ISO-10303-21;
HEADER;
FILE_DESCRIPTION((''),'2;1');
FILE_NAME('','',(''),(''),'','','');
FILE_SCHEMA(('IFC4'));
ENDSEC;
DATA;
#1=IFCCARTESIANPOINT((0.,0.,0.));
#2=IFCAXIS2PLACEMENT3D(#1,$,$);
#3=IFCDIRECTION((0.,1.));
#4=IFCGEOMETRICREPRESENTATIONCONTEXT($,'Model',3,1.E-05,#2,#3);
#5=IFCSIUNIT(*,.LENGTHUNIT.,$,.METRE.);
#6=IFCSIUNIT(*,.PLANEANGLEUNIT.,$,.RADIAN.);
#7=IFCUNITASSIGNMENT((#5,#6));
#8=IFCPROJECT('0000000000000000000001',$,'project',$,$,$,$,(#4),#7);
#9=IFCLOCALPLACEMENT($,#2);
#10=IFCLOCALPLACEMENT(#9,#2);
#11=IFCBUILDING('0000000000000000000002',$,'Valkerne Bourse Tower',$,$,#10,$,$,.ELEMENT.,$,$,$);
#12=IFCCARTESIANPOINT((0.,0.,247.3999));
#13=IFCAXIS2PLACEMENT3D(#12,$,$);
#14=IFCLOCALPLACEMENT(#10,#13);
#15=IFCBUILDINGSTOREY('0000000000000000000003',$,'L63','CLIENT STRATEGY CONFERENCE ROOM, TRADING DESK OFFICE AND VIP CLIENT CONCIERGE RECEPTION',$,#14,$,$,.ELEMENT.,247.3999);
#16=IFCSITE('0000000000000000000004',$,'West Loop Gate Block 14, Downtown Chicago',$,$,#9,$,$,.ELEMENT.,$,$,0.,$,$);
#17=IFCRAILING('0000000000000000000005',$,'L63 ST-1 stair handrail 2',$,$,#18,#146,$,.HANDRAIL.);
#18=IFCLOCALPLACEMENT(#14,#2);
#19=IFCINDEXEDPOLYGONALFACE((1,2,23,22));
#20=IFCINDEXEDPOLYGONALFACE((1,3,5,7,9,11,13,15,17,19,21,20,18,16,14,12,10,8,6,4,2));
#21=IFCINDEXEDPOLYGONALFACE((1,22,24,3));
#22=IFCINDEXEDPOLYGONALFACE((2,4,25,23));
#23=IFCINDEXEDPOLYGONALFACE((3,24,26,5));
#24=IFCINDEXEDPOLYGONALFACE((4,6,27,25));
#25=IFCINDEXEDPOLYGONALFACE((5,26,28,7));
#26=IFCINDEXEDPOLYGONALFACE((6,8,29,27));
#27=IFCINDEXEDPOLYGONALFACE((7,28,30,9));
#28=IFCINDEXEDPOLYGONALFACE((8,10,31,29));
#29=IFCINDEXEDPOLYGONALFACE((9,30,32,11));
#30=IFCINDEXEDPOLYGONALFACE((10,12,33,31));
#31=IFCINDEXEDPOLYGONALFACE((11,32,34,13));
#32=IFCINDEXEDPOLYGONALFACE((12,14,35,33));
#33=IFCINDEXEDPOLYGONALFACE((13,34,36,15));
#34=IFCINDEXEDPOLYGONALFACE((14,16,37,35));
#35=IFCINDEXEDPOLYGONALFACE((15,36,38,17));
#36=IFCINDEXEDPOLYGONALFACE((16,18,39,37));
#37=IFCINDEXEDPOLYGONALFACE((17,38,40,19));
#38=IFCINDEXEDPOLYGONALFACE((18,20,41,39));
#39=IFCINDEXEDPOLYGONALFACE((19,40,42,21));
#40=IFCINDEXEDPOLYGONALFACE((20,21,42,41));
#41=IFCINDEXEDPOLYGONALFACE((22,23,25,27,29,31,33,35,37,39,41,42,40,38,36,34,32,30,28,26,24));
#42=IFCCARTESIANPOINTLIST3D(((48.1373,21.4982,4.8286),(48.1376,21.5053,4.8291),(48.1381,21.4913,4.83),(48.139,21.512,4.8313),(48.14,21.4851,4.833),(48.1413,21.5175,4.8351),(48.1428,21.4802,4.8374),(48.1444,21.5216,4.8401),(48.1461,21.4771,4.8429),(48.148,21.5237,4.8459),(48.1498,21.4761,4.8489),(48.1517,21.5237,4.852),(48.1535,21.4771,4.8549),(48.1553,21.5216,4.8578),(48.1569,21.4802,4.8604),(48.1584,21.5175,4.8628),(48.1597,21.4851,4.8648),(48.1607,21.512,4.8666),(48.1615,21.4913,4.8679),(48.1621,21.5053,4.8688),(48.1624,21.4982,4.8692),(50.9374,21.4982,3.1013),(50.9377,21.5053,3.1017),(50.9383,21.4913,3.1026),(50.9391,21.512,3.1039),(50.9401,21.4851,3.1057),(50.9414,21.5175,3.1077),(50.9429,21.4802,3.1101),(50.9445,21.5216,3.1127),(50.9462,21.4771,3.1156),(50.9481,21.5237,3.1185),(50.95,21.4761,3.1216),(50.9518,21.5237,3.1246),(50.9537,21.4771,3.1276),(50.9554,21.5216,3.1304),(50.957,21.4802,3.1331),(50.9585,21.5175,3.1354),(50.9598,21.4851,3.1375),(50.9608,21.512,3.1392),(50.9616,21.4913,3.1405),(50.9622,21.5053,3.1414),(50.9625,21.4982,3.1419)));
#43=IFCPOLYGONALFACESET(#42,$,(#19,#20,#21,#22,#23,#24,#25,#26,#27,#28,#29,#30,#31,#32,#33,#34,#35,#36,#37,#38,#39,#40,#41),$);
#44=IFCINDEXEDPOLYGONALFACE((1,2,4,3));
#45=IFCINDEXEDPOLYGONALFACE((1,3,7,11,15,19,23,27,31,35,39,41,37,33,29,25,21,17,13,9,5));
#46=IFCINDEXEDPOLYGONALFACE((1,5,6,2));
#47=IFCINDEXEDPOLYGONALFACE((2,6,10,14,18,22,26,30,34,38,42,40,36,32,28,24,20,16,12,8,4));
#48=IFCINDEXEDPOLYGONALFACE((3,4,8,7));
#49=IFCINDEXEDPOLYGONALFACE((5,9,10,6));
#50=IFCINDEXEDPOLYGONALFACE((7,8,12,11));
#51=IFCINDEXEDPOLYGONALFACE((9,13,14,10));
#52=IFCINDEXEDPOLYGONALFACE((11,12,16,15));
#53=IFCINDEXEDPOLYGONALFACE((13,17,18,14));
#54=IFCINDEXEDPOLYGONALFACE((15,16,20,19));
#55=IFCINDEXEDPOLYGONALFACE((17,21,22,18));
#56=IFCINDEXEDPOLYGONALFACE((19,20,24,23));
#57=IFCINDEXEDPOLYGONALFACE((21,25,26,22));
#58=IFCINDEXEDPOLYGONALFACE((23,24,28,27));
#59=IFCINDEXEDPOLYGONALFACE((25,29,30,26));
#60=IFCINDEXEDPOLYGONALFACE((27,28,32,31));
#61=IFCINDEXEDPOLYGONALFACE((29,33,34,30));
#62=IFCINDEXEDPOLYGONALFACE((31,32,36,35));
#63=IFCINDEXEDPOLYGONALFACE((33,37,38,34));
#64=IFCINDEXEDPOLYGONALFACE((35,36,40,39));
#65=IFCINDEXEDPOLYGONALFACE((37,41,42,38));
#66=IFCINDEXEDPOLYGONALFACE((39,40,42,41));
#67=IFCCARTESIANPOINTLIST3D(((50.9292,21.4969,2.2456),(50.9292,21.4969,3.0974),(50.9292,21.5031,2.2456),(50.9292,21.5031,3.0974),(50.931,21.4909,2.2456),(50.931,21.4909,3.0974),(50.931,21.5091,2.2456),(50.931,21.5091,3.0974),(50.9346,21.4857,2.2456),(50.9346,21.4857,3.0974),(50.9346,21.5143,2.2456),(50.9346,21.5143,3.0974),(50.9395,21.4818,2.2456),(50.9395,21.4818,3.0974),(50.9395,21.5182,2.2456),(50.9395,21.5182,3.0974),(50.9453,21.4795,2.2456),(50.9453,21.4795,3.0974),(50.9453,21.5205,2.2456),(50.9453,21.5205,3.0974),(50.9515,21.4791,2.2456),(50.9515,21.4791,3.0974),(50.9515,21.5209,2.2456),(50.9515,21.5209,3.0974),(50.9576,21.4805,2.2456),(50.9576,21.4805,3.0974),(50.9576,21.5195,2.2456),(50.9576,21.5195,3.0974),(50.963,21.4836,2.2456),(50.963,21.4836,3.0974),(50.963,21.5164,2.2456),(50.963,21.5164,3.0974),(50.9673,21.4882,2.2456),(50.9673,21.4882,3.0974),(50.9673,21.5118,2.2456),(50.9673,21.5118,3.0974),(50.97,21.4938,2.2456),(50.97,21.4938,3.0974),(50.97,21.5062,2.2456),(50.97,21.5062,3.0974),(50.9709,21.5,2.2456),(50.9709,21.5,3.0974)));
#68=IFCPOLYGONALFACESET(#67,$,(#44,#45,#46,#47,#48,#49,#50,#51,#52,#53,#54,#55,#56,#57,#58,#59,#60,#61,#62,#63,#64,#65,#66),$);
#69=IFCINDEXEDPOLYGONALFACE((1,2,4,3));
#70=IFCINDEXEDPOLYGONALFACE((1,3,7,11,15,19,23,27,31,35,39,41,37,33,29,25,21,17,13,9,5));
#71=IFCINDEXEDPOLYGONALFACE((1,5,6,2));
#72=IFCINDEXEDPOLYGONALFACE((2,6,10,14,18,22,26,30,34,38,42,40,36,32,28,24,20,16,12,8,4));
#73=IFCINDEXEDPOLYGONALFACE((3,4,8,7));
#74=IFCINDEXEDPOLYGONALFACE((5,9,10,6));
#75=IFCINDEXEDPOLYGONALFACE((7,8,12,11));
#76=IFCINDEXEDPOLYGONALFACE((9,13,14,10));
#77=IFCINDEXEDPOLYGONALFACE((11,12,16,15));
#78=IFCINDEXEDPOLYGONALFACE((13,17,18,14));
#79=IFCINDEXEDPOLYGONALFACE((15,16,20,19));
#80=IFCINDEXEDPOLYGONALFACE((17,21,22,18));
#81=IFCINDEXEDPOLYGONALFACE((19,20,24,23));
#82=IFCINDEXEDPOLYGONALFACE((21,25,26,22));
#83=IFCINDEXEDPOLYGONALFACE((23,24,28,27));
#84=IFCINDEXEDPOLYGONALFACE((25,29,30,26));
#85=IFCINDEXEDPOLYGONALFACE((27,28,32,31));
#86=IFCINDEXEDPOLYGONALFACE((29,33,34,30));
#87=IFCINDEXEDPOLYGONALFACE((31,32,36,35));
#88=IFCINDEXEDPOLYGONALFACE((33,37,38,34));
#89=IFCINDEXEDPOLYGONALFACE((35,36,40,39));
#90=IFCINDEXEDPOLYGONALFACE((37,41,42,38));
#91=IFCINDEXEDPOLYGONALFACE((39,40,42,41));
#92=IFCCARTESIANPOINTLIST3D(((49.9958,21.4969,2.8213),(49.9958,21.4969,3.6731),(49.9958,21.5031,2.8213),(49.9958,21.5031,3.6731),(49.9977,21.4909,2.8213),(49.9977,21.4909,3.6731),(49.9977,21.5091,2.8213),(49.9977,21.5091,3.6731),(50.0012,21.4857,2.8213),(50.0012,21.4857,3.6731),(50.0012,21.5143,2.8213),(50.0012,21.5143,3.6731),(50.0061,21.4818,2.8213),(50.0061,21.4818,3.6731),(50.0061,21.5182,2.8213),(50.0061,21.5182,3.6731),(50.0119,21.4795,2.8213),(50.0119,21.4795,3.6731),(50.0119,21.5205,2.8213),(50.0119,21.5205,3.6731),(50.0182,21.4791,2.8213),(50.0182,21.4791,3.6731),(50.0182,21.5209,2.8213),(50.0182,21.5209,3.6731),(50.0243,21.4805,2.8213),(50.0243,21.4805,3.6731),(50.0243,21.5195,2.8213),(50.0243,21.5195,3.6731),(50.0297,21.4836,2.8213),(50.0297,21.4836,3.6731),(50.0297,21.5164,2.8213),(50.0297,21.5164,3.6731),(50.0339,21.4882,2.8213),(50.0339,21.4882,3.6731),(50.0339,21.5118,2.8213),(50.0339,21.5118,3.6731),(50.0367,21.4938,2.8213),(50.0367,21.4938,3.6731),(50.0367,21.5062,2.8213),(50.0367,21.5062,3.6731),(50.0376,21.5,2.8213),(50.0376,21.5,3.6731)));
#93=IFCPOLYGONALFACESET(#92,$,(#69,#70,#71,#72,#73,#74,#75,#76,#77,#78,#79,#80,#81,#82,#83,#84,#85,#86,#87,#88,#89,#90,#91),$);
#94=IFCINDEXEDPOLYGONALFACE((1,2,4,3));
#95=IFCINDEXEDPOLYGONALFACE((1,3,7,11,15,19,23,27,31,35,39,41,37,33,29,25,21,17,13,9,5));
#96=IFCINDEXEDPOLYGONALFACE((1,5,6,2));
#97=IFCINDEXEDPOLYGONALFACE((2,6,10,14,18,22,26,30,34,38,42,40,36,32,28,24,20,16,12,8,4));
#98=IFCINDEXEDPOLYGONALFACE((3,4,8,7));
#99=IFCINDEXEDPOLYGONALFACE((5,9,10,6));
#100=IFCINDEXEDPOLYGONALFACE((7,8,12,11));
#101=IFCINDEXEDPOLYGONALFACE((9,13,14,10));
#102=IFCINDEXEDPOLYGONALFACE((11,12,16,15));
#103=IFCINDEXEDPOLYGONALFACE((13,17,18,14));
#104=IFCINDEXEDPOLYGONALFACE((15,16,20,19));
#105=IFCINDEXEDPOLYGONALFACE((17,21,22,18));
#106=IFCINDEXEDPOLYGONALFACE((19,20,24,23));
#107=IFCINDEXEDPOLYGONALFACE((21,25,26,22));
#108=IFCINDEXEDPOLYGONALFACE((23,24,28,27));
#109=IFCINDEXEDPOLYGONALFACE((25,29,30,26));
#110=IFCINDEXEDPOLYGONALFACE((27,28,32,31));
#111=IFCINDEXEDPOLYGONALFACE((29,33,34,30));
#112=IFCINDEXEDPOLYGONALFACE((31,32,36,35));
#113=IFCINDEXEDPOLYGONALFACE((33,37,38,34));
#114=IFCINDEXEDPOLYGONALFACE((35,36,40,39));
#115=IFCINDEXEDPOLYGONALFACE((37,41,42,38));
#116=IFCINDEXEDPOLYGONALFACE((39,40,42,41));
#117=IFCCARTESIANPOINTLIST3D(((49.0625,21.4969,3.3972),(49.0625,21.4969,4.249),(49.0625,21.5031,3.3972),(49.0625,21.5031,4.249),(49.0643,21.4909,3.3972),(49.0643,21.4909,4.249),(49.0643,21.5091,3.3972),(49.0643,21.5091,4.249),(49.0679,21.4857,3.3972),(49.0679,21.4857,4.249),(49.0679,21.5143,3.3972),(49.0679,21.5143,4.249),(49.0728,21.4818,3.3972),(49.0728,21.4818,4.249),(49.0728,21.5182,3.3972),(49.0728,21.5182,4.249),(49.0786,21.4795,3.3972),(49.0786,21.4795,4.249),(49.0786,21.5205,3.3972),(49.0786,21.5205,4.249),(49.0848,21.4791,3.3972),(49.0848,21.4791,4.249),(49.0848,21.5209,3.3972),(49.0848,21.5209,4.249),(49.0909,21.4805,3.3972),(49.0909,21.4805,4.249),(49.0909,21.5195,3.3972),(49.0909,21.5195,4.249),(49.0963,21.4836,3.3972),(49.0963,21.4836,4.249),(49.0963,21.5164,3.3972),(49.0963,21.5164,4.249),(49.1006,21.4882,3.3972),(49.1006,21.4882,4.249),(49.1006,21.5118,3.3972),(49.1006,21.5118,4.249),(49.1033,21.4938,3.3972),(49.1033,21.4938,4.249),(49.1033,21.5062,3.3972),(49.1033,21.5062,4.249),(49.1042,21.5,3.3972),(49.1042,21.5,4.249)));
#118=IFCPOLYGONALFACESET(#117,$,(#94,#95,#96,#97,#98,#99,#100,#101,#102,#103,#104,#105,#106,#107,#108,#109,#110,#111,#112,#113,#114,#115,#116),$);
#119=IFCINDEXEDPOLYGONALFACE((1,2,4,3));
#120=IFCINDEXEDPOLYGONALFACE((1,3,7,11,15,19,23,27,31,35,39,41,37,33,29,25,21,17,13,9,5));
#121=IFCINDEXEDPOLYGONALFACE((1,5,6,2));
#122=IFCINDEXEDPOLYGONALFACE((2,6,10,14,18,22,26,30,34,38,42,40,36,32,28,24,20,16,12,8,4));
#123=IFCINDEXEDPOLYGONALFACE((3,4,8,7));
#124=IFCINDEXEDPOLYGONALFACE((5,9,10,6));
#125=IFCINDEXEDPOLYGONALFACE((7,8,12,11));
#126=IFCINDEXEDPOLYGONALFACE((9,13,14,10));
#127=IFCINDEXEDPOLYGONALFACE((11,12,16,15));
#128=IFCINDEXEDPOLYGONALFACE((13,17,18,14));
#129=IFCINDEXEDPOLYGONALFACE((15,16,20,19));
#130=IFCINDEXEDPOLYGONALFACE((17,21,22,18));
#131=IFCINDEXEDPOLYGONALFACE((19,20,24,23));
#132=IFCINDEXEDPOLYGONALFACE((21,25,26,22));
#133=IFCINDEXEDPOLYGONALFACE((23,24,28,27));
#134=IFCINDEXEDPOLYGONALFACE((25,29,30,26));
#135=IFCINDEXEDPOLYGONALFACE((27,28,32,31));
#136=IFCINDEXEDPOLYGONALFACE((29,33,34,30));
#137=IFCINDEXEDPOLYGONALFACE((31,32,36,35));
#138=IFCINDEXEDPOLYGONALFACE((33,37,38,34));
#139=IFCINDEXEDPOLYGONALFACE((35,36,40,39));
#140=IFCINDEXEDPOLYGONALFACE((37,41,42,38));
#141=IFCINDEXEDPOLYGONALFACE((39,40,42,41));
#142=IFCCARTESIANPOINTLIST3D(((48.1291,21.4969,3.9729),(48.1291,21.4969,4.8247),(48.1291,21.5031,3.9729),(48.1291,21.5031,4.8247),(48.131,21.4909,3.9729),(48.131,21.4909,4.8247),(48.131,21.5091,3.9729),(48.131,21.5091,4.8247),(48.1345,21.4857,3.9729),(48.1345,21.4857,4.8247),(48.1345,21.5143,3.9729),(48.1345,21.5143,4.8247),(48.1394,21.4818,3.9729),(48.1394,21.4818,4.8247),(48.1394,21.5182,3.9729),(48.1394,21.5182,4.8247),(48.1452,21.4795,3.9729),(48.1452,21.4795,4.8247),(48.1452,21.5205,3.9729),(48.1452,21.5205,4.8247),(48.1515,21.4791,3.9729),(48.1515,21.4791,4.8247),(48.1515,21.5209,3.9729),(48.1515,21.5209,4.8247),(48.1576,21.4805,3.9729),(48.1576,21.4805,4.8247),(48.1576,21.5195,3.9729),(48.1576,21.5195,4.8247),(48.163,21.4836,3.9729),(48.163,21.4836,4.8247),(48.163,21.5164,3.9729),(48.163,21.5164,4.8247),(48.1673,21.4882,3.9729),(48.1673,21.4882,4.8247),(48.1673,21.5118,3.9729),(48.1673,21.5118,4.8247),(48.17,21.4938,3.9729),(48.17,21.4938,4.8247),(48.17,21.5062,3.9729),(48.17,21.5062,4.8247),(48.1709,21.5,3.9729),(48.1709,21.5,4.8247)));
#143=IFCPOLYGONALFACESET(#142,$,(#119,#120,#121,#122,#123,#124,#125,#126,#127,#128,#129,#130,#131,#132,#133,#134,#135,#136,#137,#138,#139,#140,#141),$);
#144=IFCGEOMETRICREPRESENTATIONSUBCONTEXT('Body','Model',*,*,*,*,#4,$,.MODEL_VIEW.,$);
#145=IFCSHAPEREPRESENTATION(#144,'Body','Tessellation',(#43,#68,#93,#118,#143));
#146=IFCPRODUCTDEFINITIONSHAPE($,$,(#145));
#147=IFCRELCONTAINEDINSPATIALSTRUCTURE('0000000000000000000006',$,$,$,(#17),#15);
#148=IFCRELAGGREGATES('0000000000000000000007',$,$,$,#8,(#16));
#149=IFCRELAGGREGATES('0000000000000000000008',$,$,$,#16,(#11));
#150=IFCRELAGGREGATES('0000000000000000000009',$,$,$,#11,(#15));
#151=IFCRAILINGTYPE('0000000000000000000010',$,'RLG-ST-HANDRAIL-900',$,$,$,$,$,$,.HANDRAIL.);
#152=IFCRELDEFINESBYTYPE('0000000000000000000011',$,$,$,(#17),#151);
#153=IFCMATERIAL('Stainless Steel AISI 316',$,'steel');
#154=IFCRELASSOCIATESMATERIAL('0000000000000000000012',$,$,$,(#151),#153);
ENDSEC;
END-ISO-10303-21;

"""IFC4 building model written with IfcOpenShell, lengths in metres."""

from ifc_helpers import new_model, si_unit, direction, frame, origin, origin_2d, place, context, subcontext, project, spatial, circle, extrude, material, type_object, element, save


model = new_model("IFC4")

# Units and contexts
model_context = context("Model", 3, precision=1e-05, world=origin(), true_north=direction((0.0, 1.0)))
body_context = subcontext(model_context, "Body", "Model", "MODEL_VIEW")
ifc_project = project(units=[si_unit("LENGTHUNIT", "METRE"), si_unit("PLANEANGLEUNIT", "RADIAN")], contexts=[model_context])

# Site, building, storey
site_placement = place(None, origin())
site = spatial("IfcSite", under=ifc_project, at=site_placement, Name="West Loop Gate Block 14, Downtown Chicago", CompositionType="ELEMENT", RefElevation=0.0)
building_placement = place(site_placement, origin())
building = spatial("IfcBuilding", under=site, at=building_placement, Name="Valkerne Bourse Tower", CompositionType="ELEMENT")
storey_placement = place(building_placement, frame((0.0, 0.0, 247.3999)))
storey = spatial("IfcBuildingStorey", under=building, at=storey_placement, Name="L63", Description="CLIENT STRATEGY CONFERENCE ROOM, TRADING DESK OFFICE AND VIP CLIENT CONCIERGE RECEPTION", CompositionType="ELEMENT", Elevation=247.3999)

# Shared definitions
ifc_material_1 = material(Name="Stainless Steel AISI 316", Category="steel")

# Railing
railing_type_1 = type_object("IfcRailingType", Name="RLG-ST-HANDRAIL-900", PredefinedType="HANDRAIL", material=ifc_material_1)
railing_1_placement = place(storey_placement, frame((50.95, 21.5, 2.2456)))
element("IfcRailing", 1, at=railing_1_placement, inside=storey, type_object=railing_type_1, Name="L63 ST-1 stair handrail 2", PredefinedType="HANDRAIL", context=body_context, shape_type="SweptSolid", body=[
    extrude(circle(Radius=0.0239, at=origin_2d()), frame((0.0, 0.0, 0.876), z_axis=(-0.85109, 0.0, 0.52502), x_axis=(0.0, -1.0, 0.0)), (0.0, 0.0, 1.0), 3.29),
    extrude(circle(Radius=0.021, at=origin_2d()), origin(), (0.0, 0.0, 1.0), 0.8518),
    extrude(circle(Radius=0.021, at=origin_2d()), frame((-0.9333, 0.0, 0.5757)), (0.0, 0.0, 1.0), 0.8518),
    extrude(circle(Radius=0.021, at=origin_2d()), frame((-1.8667, 0.0, 1.1516)), (0.0, 0.0, 1.0), 0.8518),
    extrude(circle(Radius=0.021, at=origin_2d()), frame((-2.8, 0.0, 1.7273)), (0.0, 0.0, 1.0), 0.8518),
])

save(model, "model.ifc")
